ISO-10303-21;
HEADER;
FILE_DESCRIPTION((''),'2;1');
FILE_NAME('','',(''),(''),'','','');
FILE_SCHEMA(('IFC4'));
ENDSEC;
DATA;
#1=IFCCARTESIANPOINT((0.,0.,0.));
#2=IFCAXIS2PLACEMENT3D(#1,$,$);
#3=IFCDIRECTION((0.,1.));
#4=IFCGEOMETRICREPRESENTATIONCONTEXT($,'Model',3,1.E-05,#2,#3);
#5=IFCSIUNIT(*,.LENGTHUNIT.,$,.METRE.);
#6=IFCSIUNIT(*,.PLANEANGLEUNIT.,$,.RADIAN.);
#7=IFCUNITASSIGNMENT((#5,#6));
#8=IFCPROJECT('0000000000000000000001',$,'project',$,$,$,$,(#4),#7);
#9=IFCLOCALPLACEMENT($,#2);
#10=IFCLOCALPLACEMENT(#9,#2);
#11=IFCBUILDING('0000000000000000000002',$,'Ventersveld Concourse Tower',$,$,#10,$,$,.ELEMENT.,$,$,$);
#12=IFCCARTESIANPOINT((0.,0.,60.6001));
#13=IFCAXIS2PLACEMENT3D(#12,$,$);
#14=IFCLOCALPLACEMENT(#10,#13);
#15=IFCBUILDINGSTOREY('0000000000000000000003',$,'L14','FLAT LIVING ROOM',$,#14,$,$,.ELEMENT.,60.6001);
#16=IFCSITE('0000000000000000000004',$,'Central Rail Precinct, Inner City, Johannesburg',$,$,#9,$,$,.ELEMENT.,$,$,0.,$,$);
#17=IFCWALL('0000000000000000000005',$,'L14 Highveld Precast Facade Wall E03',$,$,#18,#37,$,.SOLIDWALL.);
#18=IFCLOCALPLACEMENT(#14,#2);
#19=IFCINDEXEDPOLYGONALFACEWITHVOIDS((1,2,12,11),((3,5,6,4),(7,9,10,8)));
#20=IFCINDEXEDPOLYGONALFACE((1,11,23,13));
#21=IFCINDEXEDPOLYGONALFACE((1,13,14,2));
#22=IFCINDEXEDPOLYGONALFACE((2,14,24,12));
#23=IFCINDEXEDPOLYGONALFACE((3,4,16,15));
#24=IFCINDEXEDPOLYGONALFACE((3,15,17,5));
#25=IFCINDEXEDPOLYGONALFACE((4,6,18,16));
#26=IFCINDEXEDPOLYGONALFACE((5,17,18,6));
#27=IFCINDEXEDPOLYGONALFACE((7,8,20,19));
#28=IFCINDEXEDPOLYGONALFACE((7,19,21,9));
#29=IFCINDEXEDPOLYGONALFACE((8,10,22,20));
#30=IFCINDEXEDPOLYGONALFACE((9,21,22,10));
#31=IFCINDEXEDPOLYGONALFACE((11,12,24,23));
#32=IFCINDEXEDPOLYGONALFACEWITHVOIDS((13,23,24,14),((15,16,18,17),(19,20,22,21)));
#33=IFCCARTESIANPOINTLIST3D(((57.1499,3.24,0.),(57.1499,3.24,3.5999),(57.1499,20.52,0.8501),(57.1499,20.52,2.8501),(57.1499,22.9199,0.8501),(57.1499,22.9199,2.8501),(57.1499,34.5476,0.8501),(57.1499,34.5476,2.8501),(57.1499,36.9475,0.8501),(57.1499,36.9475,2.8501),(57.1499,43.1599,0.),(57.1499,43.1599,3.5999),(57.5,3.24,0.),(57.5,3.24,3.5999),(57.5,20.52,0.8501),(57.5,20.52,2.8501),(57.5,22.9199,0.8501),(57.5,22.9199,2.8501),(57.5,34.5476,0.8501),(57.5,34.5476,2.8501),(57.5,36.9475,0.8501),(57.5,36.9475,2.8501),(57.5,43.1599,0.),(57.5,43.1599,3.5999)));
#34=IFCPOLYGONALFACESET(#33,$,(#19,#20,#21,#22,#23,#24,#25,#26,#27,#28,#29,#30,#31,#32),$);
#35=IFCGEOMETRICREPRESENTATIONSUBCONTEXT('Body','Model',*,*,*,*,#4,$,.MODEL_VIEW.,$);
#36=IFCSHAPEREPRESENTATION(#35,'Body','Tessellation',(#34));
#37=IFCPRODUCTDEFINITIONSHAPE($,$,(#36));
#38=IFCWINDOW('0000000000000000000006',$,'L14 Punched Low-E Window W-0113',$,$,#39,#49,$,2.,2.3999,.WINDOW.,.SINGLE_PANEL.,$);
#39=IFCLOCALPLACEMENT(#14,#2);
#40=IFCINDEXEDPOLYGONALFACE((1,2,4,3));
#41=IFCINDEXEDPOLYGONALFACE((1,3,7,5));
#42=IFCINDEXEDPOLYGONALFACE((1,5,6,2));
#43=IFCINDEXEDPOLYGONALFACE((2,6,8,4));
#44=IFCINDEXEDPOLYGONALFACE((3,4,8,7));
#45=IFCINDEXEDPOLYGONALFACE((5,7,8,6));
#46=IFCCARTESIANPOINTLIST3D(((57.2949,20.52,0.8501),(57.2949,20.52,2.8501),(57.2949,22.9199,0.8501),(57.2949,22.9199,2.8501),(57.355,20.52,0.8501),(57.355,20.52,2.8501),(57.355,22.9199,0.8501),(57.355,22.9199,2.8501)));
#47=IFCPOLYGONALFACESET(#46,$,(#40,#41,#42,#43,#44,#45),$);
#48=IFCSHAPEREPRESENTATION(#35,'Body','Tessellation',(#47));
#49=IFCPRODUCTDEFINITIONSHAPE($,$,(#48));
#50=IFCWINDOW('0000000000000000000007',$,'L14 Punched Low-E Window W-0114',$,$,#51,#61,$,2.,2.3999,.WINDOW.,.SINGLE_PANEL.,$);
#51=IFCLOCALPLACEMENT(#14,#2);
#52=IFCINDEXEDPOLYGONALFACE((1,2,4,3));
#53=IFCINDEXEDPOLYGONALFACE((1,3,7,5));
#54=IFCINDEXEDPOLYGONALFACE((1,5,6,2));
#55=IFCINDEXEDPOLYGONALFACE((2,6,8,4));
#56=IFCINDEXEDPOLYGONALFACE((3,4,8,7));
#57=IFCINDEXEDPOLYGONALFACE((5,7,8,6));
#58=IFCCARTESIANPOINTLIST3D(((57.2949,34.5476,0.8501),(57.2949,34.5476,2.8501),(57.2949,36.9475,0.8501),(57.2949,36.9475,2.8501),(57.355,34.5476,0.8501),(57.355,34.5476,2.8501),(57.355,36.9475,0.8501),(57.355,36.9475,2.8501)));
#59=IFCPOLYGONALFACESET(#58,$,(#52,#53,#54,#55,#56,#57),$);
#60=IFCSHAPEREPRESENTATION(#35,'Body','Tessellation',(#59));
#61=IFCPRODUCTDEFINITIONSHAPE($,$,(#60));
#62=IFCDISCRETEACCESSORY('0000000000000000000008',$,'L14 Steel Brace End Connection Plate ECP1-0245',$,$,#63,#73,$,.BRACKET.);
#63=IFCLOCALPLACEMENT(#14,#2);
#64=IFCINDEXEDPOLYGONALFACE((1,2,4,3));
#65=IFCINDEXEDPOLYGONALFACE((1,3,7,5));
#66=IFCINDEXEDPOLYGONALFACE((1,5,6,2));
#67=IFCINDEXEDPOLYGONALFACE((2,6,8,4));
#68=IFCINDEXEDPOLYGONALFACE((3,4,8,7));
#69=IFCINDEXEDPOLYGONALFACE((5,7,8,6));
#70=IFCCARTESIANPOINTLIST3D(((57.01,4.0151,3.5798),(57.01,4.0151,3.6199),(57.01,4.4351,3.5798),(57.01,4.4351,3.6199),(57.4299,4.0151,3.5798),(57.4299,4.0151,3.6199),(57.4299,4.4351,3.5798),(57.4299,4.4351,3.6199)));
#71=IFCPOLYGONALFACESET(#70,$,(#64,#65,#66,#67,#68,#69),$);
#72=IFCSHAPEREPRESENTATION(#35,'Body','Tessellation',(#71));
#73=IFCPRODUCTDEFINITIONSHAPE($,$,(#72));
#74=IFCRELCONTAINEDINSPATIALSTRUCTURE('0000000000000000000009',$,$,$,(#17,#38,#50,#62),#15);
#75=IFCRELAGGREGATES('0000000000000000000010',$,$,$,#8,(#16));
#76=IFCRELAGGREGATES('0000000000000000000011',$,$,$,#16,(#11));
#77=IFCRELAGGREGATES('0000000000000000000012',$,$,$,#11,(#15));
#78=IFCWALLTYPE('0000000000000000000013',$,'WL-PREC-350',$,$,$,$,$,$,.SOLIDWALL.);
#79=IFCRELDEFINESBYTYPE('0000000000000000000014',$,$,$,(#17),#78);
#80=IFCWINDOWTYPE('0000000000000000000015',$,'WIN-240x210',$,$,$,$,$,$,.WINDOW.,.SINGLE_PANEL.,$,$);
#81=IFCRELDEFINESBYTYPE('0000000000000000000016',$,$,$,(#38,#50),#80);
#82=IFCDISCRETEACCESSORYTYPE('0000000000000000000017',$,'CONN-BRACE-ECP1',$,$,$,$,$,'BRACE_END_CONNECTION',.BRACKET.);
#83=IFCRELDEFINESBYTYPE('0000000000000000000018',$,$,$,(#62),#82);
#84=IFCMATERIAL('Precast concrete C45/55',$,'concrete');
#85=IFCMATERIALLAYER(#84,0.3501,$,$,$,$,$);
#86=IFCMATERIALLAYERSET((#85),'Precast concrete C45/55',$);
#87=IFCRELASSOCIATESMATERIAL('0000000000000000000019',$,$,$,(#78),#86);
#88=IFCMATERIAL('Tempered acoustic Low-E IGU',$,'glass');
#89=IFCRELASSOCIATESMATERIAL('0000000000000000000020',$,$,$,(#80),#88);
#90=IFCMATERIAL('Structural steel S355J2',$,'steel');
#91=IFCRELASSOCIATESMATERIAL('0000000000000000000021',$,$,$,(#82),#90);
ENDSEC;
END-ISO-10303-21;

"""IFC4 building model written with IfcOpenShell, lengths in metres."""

from ifc_helpers import new_model, si_unit, direction, frame, frame_2d, origin, origin_2d, place, context, subcontext, project, spatial, rectangle, extrude, material, layer, layer_set, type_object, element, fill, save


model = new_model("IFC4")

# Units and contexts
model_context = context("Model", 3, precision=1e-05, world=origin(), true_north=direction((0.0, 1.0)))
body_context = subcontext(model_context, "Body", "Model", "MODEL_VIEW")
ifc_project = project(units=[si_unit("LENGTHUNIT", "METRE"), si_unit("PLANEANGLEUNIT", "RADIAN")], contexts=[model_context])

# Site, building, storey
site_placement = place(None, origin())
site = spatial("IfcSite", under=ifc_project, at=site_placement, Name="Central Rail Precinct, Inner City, Johannesburg", CompositionType="ELEMENT", RefElevation=0.0)
building_placement = place(site_placement, origin())
building = spatial("IfcBuilding", under=site, at=building_placement, Name="Ventersveld Concourse Tower", CompositionType="ELEMENT")
storey_placement = place(building_placement, frame((0.0, 0.0, 60.6001)))
storey = spatial("IfcBuildingStorey", under=building, at=storey_placement, Name="L14", Description="FLAT LIVING ROOM", CompositionType="ELEMENT", Elevation=60.6001)

# Shared definitions
ifc_material_1 = material(Name="Structural steel S355J2", Category="steel")

# Shared definitions
ifc_material_2 = material(Name="Precast concrete C45/55", Category="concrete")
ifc_layer_1 = layer(ifc_material_2, 0.3501)
ifc_layer_set_1 = layer_set([ifc_layer_1], Name="Precast concrete C45/55")
wall_type_1 = type_object("IfcWallType", Name="WL-PREC-350", PredefinedType="SOLIDWALL", material=ifc_layer_set_1)
ifc_material_3 = material(Name="Tempered acoustic Low-E IGU", Category="glass")

# Wall, openings, windows
wall_1_placement = place(storey_placement, frame((57.325, 3.24, 0.0), z_axis=(0.0, 0.0, 1.0), x_axis=(0.0, 1.0, 0.0)))
wall_1 = element("IfcWall", 1, at=wall_1_placement, inside=storey, type_object=wall_type_1, Name="L14 Highveld Precast Facade Wall E03", PredefinedType="SOLIDWALL", context=body_context, shape_type="SweptSolid", body=[
    extrude(rectangle(XDim=39.9199, YDim=0.3501, at=frame_2d((19.96, 0.0))), origin(), (0.0, 0.0, 1.0), 3.5999),
])
opening_1_placement = place(wall_1_placement, frame((17.28, 0.0, 0.8501)))
opening_1 = element("IfcOpeningElement", 2, at=opening_1_placement, cuts=wall_1, PredefinedType="OPENING", context=body_context, shape_type="SweptSolid", body=[
    extrude(rectangle(XDim=2.3999, YDim=2.0, at=frame_2d((1.2, 1.0))), frame((0.0, 0.1851, 0.0), z_axis=(0.0, -1.0, 0.0), x_axis=(1.0, 0.0, 0.0)), (0.0, 0.0, 1.0), 0.3701),
])
opening_2_placement = place(wall_1_placement, frame((31.3076, 0.0, 0.8501)))
opening_2 = element("IfcOpeningElement", 3, at=opening_2_placement, cuts=wall_1, PredefinedType="OPENING", context=body_context, shape_type="SweptSolid", body=[
    extrude(rectangle(XDim=2.3999, YDim=2.0, at=frame_2d((1.2, 1.0))), frame((0.0, 0.1851, 0.0), z_axis=(0.0, -1.0, 0.0), x_axis=(1.0, 0.0, 0.0)), (0.0, 0.0, 1.0), 0.3701),
])
window_type_1 = type_object("IfcWindowType", Name="WIN-240x210", PartitioningType="SINGLE_PANEL", PredefinedType="WINDOW", material=ifc_material_3)
window_1_placement = place(opening_1_placement, origin())
window_1 = element("IfcWindow", 4, at=window_1_placement, inside=storey, type_object=window_type_1, Name="L14 Punched Low-E Window W-0113", OverallHeight=2.0, OverallWidth=2.3999, PartitioningType="SINGLE_PANEL", PredefinedType="WINDOW", context=body_context, shape_type="SweptSolid", body=[
    extrude(rectangle(XDim=2.3999, YDim=2.0, at=frame_2d((1.2, 1.0))), frame((0.0, 0.03, 0.0), z_axis=(0.0, -1.0, 0.0), x_axis=(1.0, 0.0, 0.0)), (0.0, 0.0, 1.0), 0.0601),
])
fill(opening_1, window_1)
window_2_placement = place(opening_2_placement, origin())
window_2 = element("IfcWindow", 5, at=window_2_placement, inside=storey, type_object=window_type_1, Name="L14 Punched Low-E Window W-0114", OverallHeight=2.0, OverallWidth=2.3999, PartitioningType="SINGLE_PANEL", PredefinedType="WINDOW", context=body_context, shape_type="SweptSolid", body=[
    extrude(rectangle(XDim=2.3999, YDim=2.0, at=frame_2d((1.2, 1.0))), frame((0.0, 0.03, 0.0), z_axis=(0.0, -1.0, 0.0), x_axis=(1.0, 0.0, 0.0)), (0.0, 0.0, 1.0), 0.0601),
])
fill(opening_2, window_2)

# Discrete accessory
discrete_accessory_type = type_object("IfcDiscreteAccessoryType", Name="CONN-BRACE-ECP1", ElementType="BRACE_END_CONNECTION", PredefinedType="BRACKET", material=ifc_material_1)
discrete_accessory_placement = place(storey_placement, frame((57.22, 4.2251, 3.5798), z_axis=(0.0, 0.0, 1.0), x_axis=(1.0, 0.0, 0.0)))
element("IfcDiscreteAccessory", 6, at=discrete_accessory_placement, inside=storey, type_object=discrete_accessory_type, Name="L14 Steel Brace End Connection Plate ECP1-0245", PredefinedType="BRACKET", context=body_context, shape_type="SweptSolid", body=[
    extrude(rectangle(XDim=0.4199, YDim=0.4199, at=origin_2d()), origin(), (0.0, 0.0, 1.0), 0.04),
])

save(model, "model.ifc")
